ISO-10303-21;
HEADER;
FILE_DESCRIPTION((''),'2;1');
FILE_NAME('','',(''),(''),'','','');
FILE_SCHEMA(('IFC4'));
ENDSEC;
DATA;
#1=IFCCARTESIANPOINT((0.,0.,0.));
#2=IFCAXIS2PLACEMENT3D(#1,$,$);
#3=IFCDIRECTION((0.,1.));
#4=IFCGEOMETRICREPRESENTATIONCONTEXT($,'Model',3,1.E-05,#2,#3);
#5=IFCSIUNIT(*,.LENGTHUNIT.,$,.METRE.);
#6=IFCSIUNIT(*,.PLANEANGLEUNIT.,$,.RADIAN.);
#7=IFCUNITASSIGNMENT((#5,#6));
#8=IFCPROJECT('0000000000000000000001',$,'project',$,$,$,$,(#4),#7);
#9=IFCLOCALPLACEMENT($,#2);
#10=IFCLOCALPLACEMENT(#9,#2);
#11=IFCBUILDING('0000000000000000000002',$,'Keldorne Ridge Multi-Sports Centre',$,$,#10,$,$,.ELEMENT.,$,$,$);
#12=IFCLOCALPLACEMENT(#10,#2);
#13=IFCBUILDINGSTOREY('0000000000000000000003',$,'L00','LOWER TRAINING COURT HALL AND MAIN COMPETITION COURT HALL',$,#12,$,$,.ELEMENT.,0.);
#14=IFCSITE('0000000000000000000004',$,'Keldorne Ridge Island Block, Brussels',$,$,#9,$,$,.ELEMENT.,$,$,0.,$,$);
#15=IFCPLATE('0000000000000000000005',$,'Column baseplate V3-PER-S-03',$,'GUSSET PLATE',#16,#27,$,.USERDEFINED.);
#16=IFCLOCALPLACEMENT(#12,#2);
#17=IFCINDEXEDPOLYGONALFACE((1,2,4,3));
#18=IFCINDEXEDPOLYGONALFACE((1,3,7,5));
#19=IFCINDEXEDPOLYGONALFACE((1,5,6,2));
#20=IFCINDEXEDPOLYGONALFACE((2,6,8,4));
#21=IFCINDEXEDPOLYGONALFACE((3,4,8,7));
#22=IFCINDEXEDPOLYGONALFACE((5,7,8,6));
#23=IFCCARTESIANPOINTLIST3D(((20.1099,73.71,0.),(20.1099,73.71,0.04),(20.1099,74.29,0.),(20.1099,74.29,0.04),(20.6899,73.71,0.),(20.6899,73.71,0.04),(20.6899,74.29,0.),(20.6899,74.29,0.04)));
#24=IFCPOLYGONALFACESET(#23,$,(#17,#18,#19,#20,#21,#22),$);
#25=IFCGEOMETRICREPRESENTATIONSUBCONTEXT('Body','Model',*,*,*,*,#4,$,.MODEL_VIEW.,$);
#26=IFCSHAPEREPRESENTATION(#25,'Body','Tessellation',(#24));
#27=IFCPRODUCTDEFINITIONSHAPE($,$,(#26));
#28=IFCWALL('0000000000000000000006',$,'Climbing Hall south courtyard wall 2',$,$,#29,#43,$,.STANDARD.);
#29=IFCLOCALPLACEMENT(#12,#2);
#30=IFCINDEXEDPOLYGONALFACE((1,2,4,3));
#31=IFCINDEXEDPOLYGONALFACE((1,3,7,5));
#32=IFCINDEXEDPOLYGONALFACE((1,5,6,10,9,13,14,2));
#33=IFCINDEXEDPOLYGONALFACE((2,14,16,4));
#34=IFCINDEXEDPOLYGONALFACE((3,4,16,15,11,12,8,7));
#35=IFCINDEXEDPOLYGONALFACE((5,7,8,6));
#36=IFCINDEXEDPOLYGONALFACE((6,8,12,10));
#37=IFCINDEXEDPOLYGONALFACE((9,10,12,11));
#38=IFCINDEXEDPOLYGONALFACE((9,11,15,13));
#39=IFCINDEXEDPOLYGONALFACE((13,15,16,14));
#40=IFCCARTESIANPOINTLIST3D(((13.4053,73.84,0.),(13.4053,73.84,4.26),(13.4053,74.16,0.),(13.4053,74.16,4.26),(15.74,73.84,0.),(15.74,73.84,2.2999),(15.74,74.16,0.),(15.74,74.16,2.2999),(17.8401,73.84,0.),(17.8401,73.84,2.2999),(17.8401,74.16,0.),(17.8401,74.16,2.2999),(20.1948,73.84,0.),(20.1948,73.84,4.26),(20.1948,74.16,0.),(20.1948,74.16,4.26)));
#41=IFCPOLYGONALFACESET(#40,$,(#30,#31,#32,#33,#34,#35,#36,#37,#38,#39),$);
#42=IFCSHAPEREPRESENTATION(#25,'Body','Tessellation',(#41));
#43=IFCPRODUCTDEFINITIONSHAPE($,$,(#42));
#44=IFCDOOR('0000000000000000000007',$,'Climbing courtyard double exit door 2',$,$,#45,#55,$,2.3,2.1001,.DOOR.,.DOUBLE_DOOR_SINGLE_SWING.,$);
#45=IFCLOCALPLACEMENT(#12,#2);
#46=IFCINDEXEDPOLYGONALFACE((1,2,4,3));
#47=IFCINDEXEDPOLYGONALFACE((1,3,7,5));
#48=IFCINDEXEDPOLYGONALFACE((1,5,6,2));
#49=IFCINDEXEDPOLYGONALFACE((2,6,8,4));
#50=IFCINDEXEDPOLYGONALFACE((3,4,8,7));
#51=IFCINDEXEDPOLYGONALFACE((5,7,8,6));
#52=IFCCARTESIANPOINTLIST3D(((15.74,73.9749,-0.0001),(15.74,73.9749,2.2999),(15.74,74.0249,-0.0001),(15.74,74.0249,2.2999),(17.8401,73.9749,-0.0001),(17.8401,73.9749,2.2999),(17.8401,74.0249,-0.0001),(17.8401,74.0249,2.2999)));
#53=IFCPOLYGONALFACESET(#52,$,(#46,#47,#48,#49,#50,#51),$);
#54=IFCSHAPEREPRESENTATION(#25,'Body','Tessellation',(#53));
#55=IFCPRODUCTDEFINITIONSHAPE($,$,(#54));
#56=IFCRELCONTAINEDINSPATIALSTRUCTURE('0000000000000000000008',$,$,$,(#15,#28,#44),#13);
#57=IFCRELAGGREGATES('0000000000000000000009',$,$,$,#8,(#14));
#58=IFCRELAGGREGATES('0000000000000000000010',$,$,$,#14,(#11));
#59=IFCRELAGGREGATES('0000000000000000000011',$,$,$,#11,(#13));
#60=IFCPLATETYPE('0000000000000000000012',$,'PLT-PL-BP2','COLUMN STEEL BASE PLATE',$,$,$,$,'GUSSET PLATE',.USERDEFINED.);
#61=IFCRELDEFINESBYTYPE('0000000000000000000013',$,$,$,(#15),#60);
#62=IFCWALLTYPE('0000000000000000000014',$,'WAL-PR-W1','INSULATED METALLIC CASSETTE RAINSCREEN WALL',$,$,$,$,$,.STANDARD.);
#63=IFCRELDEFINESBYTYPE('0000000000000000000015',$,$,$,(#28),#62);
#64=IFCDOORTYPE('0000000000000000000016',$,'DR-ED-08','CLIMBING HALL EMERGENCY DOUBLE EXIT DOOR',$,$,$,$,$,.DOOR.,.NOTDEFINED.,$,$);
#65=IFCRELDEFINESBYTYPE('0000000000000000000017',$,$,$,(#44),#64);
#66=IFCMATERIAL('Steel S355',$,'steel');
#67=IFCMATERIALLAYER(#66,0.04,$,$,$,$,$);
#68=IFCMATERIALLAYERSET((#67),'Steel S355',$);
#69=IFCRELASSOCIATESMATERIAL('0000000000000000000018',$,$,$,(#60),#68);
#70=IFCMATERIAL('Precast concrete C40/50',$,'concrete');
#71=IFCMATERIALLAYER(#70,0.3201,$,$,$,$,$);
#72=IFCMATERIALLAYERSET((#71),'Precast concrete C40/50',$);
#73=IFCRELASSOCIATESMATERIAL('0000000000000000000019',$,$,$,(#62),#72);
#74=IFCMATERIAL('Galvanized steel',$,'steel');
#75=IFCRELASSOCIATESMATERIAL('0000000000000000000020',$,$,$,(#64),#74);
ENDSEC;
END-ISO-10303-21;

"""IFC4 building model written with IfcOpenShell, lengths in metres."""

from ifc_helpers import new_model, si_unit, direction, frame, frame_2d, origin, origin_2d, place, context, subcontext, project, spatial, rectangle, extrude, material, layer, layer_set, type_object, element, fill, save


model = new_model("IFC4")

# Units and contexts
model_context = context("Model", 3, precision=1e-05, world=origin(), true_north=direction((0.0, 1.0)))
body_context = subcontext(model_context, "Body", "Model", "MODEL_VIEW")
ifc_project = project(units=[si_unit("LENGTHUNIT", "METRE"), si_unit("PLANEANGLEUNIT", "RADIAN")], contexts=[model_context])

# Site, building, storey
site_placement = place(None, origin())
site = spatial("IfcSite", under=ifc_project, at=site_placement, Name="Keldorne Ridge Island Block, Brussels", CompositionType="ELEMENT", RefElevation=0.0)
building_placement = place(site_placement, origin())
building = spatial("IfcBuilding", under=site, at=building_placement, Name="Keldorne Ridge Multi-Sports Centre", CompositionType="ELEMENT")
storey_placement = place(building_placement, origin())
storey = spatial("IfcBuildingStorey", under=building, at=storey_placement, Name="L00", Description="LOWER TRAINING COURT HALL AND MAIN COMPETITION COURT HALL", CompositionType="ELEMENT", Elevation=0.0)

# Shared definitions
ifc_material_1 = material(Name="Steel S355", Category="steel")

# Plate
ifc_layer_1 = layer(ifc_material_1, 0.04)
ifc_layer_set_1 = layer_set([ifc_layer_1], Name="Steel S355")
plate_type_1 = type_object("IfcPlateType", Name="PLT-PL-BP2", Description="COLUMN STEEL BASE PLATE", ElementType="GUSSET PLATE", PredefinedType="USERDEFINED", material=ifc_layer_set_1)
for number, where, z_axis, x_axis, name in (
    (1, (20.3999, 74.0, 0.0), (0.0, 0.0, 1.0), (1.0, 0.0, 0.0), "Column baseplate V3-PER-S-03"),
):
    element("IfcPlate", number, at=place(storey_placement, frame(where, z_axis=z_axis, x_axis=x_axis)), inside=storey, type_object=plate_type_1, Name=name, ObjectType="GUSSET PLATE", PredefinedType="USERDEFINED", context=body_context, shape_type="SweptSolid", body=[
        extrude(rectangle(XDim=0.5801, YDim=0.5801, at=origin_2d()), origin(), (0.0, 0.0, 1.0), 0.04),
    ])

# Wall, opening, door
ifc_material_2 = material(Name="Precast concrete C40/50", Category="concrete")
ifc_layer_2 = layer(ifc_material_2, 0.3201)
ifc_layer_set_2 = layer_set([ifc_layer_2], Name="Precast concrete C40/50")
wall_type = type_object("IfcWallType", Name="WAL-PR-W1", Description="INSULATED METALLIC CASSETTE RAINSCREEN WALL", PredefinedType="STANDARD", material=ifc_layer_set_2)
wall_placement = place(storey_placement, frame((13.4053, 74.0, 0.0), z_axis=(0.0, 0.0, 1.0), x_axis=(1.0, 0.0, 0.0)))
wall = element("IfcWall", 2, at=wall_placement, inside=storey, type_object=wall_type, Name="Climbing Hall south courtyard wall 2", PredefinedType="STANDARD", context=body_context, shape_type="SweptSolid", body=[
    extrude(rectangle(XDim=6.7896, YDim=0.3201, at=frame_2d((3.3948, 0.0))), origin(), (0.0, 0.0, 1.0), 4.26),
])
opening_placement = place(wall_placement, frame((2.3347, 0.0, 0.0)))
opening = element("IfcOpeningElement", 3, at=opening_placement, cuts=wall, PredefinedType="OPENING", context=body_context, shape_type="SweptSolid", body=[
    extrude(rectangle(XDim=2.1001, YDim=2.3, at=frame_2d((1.05, 1.1499))), frame((0.0, 0.1699, 0.0), z_axis=(0.0, -1.0, 0.0), x_axis=(1.0, 0.0, 0.0)), (0.0, 0.0, 1.0), 0.3401),
])
ifc_material_3 = material(Name="Galvanized steel", Category="steel")
door_type = type_object("IfcDoorType", Name="DR-ED-08", Description="CLIMBING HALL EMERGENCY DOUBLE EXIT DOOR", OperationType="NOTDEFINED", PredefinedType="DOOR", material=ifc_material_3)
door_placement = place(opening_placement, origin())
door = element("IfcDoor", 4, at=door_placement, inside=storey, type_object=door_type, Name="Climbing courtyard double exit door 2", OperationType="DOUBLE_DOOR_SINGLE_SWING", OverallHeight=2.3, OverallWidth=2.1001, PredefinedType="DOOR", context=body_context, shape_type="SweptSolid", body=[
    extrude(rectangle(XDim=2.1001, YDim=2.3, at=frame_2d((1.05, 1.1499))), frame((0.0, 0.0249, 0.0), z_axis=(0.0, -1.0, 0.0), x_axis=(1.0, 0.0, 0.0)), (0.0, 0.0, 1.0), 0.05),
])
fill(opening, door)

save(model, "model.ifc")
